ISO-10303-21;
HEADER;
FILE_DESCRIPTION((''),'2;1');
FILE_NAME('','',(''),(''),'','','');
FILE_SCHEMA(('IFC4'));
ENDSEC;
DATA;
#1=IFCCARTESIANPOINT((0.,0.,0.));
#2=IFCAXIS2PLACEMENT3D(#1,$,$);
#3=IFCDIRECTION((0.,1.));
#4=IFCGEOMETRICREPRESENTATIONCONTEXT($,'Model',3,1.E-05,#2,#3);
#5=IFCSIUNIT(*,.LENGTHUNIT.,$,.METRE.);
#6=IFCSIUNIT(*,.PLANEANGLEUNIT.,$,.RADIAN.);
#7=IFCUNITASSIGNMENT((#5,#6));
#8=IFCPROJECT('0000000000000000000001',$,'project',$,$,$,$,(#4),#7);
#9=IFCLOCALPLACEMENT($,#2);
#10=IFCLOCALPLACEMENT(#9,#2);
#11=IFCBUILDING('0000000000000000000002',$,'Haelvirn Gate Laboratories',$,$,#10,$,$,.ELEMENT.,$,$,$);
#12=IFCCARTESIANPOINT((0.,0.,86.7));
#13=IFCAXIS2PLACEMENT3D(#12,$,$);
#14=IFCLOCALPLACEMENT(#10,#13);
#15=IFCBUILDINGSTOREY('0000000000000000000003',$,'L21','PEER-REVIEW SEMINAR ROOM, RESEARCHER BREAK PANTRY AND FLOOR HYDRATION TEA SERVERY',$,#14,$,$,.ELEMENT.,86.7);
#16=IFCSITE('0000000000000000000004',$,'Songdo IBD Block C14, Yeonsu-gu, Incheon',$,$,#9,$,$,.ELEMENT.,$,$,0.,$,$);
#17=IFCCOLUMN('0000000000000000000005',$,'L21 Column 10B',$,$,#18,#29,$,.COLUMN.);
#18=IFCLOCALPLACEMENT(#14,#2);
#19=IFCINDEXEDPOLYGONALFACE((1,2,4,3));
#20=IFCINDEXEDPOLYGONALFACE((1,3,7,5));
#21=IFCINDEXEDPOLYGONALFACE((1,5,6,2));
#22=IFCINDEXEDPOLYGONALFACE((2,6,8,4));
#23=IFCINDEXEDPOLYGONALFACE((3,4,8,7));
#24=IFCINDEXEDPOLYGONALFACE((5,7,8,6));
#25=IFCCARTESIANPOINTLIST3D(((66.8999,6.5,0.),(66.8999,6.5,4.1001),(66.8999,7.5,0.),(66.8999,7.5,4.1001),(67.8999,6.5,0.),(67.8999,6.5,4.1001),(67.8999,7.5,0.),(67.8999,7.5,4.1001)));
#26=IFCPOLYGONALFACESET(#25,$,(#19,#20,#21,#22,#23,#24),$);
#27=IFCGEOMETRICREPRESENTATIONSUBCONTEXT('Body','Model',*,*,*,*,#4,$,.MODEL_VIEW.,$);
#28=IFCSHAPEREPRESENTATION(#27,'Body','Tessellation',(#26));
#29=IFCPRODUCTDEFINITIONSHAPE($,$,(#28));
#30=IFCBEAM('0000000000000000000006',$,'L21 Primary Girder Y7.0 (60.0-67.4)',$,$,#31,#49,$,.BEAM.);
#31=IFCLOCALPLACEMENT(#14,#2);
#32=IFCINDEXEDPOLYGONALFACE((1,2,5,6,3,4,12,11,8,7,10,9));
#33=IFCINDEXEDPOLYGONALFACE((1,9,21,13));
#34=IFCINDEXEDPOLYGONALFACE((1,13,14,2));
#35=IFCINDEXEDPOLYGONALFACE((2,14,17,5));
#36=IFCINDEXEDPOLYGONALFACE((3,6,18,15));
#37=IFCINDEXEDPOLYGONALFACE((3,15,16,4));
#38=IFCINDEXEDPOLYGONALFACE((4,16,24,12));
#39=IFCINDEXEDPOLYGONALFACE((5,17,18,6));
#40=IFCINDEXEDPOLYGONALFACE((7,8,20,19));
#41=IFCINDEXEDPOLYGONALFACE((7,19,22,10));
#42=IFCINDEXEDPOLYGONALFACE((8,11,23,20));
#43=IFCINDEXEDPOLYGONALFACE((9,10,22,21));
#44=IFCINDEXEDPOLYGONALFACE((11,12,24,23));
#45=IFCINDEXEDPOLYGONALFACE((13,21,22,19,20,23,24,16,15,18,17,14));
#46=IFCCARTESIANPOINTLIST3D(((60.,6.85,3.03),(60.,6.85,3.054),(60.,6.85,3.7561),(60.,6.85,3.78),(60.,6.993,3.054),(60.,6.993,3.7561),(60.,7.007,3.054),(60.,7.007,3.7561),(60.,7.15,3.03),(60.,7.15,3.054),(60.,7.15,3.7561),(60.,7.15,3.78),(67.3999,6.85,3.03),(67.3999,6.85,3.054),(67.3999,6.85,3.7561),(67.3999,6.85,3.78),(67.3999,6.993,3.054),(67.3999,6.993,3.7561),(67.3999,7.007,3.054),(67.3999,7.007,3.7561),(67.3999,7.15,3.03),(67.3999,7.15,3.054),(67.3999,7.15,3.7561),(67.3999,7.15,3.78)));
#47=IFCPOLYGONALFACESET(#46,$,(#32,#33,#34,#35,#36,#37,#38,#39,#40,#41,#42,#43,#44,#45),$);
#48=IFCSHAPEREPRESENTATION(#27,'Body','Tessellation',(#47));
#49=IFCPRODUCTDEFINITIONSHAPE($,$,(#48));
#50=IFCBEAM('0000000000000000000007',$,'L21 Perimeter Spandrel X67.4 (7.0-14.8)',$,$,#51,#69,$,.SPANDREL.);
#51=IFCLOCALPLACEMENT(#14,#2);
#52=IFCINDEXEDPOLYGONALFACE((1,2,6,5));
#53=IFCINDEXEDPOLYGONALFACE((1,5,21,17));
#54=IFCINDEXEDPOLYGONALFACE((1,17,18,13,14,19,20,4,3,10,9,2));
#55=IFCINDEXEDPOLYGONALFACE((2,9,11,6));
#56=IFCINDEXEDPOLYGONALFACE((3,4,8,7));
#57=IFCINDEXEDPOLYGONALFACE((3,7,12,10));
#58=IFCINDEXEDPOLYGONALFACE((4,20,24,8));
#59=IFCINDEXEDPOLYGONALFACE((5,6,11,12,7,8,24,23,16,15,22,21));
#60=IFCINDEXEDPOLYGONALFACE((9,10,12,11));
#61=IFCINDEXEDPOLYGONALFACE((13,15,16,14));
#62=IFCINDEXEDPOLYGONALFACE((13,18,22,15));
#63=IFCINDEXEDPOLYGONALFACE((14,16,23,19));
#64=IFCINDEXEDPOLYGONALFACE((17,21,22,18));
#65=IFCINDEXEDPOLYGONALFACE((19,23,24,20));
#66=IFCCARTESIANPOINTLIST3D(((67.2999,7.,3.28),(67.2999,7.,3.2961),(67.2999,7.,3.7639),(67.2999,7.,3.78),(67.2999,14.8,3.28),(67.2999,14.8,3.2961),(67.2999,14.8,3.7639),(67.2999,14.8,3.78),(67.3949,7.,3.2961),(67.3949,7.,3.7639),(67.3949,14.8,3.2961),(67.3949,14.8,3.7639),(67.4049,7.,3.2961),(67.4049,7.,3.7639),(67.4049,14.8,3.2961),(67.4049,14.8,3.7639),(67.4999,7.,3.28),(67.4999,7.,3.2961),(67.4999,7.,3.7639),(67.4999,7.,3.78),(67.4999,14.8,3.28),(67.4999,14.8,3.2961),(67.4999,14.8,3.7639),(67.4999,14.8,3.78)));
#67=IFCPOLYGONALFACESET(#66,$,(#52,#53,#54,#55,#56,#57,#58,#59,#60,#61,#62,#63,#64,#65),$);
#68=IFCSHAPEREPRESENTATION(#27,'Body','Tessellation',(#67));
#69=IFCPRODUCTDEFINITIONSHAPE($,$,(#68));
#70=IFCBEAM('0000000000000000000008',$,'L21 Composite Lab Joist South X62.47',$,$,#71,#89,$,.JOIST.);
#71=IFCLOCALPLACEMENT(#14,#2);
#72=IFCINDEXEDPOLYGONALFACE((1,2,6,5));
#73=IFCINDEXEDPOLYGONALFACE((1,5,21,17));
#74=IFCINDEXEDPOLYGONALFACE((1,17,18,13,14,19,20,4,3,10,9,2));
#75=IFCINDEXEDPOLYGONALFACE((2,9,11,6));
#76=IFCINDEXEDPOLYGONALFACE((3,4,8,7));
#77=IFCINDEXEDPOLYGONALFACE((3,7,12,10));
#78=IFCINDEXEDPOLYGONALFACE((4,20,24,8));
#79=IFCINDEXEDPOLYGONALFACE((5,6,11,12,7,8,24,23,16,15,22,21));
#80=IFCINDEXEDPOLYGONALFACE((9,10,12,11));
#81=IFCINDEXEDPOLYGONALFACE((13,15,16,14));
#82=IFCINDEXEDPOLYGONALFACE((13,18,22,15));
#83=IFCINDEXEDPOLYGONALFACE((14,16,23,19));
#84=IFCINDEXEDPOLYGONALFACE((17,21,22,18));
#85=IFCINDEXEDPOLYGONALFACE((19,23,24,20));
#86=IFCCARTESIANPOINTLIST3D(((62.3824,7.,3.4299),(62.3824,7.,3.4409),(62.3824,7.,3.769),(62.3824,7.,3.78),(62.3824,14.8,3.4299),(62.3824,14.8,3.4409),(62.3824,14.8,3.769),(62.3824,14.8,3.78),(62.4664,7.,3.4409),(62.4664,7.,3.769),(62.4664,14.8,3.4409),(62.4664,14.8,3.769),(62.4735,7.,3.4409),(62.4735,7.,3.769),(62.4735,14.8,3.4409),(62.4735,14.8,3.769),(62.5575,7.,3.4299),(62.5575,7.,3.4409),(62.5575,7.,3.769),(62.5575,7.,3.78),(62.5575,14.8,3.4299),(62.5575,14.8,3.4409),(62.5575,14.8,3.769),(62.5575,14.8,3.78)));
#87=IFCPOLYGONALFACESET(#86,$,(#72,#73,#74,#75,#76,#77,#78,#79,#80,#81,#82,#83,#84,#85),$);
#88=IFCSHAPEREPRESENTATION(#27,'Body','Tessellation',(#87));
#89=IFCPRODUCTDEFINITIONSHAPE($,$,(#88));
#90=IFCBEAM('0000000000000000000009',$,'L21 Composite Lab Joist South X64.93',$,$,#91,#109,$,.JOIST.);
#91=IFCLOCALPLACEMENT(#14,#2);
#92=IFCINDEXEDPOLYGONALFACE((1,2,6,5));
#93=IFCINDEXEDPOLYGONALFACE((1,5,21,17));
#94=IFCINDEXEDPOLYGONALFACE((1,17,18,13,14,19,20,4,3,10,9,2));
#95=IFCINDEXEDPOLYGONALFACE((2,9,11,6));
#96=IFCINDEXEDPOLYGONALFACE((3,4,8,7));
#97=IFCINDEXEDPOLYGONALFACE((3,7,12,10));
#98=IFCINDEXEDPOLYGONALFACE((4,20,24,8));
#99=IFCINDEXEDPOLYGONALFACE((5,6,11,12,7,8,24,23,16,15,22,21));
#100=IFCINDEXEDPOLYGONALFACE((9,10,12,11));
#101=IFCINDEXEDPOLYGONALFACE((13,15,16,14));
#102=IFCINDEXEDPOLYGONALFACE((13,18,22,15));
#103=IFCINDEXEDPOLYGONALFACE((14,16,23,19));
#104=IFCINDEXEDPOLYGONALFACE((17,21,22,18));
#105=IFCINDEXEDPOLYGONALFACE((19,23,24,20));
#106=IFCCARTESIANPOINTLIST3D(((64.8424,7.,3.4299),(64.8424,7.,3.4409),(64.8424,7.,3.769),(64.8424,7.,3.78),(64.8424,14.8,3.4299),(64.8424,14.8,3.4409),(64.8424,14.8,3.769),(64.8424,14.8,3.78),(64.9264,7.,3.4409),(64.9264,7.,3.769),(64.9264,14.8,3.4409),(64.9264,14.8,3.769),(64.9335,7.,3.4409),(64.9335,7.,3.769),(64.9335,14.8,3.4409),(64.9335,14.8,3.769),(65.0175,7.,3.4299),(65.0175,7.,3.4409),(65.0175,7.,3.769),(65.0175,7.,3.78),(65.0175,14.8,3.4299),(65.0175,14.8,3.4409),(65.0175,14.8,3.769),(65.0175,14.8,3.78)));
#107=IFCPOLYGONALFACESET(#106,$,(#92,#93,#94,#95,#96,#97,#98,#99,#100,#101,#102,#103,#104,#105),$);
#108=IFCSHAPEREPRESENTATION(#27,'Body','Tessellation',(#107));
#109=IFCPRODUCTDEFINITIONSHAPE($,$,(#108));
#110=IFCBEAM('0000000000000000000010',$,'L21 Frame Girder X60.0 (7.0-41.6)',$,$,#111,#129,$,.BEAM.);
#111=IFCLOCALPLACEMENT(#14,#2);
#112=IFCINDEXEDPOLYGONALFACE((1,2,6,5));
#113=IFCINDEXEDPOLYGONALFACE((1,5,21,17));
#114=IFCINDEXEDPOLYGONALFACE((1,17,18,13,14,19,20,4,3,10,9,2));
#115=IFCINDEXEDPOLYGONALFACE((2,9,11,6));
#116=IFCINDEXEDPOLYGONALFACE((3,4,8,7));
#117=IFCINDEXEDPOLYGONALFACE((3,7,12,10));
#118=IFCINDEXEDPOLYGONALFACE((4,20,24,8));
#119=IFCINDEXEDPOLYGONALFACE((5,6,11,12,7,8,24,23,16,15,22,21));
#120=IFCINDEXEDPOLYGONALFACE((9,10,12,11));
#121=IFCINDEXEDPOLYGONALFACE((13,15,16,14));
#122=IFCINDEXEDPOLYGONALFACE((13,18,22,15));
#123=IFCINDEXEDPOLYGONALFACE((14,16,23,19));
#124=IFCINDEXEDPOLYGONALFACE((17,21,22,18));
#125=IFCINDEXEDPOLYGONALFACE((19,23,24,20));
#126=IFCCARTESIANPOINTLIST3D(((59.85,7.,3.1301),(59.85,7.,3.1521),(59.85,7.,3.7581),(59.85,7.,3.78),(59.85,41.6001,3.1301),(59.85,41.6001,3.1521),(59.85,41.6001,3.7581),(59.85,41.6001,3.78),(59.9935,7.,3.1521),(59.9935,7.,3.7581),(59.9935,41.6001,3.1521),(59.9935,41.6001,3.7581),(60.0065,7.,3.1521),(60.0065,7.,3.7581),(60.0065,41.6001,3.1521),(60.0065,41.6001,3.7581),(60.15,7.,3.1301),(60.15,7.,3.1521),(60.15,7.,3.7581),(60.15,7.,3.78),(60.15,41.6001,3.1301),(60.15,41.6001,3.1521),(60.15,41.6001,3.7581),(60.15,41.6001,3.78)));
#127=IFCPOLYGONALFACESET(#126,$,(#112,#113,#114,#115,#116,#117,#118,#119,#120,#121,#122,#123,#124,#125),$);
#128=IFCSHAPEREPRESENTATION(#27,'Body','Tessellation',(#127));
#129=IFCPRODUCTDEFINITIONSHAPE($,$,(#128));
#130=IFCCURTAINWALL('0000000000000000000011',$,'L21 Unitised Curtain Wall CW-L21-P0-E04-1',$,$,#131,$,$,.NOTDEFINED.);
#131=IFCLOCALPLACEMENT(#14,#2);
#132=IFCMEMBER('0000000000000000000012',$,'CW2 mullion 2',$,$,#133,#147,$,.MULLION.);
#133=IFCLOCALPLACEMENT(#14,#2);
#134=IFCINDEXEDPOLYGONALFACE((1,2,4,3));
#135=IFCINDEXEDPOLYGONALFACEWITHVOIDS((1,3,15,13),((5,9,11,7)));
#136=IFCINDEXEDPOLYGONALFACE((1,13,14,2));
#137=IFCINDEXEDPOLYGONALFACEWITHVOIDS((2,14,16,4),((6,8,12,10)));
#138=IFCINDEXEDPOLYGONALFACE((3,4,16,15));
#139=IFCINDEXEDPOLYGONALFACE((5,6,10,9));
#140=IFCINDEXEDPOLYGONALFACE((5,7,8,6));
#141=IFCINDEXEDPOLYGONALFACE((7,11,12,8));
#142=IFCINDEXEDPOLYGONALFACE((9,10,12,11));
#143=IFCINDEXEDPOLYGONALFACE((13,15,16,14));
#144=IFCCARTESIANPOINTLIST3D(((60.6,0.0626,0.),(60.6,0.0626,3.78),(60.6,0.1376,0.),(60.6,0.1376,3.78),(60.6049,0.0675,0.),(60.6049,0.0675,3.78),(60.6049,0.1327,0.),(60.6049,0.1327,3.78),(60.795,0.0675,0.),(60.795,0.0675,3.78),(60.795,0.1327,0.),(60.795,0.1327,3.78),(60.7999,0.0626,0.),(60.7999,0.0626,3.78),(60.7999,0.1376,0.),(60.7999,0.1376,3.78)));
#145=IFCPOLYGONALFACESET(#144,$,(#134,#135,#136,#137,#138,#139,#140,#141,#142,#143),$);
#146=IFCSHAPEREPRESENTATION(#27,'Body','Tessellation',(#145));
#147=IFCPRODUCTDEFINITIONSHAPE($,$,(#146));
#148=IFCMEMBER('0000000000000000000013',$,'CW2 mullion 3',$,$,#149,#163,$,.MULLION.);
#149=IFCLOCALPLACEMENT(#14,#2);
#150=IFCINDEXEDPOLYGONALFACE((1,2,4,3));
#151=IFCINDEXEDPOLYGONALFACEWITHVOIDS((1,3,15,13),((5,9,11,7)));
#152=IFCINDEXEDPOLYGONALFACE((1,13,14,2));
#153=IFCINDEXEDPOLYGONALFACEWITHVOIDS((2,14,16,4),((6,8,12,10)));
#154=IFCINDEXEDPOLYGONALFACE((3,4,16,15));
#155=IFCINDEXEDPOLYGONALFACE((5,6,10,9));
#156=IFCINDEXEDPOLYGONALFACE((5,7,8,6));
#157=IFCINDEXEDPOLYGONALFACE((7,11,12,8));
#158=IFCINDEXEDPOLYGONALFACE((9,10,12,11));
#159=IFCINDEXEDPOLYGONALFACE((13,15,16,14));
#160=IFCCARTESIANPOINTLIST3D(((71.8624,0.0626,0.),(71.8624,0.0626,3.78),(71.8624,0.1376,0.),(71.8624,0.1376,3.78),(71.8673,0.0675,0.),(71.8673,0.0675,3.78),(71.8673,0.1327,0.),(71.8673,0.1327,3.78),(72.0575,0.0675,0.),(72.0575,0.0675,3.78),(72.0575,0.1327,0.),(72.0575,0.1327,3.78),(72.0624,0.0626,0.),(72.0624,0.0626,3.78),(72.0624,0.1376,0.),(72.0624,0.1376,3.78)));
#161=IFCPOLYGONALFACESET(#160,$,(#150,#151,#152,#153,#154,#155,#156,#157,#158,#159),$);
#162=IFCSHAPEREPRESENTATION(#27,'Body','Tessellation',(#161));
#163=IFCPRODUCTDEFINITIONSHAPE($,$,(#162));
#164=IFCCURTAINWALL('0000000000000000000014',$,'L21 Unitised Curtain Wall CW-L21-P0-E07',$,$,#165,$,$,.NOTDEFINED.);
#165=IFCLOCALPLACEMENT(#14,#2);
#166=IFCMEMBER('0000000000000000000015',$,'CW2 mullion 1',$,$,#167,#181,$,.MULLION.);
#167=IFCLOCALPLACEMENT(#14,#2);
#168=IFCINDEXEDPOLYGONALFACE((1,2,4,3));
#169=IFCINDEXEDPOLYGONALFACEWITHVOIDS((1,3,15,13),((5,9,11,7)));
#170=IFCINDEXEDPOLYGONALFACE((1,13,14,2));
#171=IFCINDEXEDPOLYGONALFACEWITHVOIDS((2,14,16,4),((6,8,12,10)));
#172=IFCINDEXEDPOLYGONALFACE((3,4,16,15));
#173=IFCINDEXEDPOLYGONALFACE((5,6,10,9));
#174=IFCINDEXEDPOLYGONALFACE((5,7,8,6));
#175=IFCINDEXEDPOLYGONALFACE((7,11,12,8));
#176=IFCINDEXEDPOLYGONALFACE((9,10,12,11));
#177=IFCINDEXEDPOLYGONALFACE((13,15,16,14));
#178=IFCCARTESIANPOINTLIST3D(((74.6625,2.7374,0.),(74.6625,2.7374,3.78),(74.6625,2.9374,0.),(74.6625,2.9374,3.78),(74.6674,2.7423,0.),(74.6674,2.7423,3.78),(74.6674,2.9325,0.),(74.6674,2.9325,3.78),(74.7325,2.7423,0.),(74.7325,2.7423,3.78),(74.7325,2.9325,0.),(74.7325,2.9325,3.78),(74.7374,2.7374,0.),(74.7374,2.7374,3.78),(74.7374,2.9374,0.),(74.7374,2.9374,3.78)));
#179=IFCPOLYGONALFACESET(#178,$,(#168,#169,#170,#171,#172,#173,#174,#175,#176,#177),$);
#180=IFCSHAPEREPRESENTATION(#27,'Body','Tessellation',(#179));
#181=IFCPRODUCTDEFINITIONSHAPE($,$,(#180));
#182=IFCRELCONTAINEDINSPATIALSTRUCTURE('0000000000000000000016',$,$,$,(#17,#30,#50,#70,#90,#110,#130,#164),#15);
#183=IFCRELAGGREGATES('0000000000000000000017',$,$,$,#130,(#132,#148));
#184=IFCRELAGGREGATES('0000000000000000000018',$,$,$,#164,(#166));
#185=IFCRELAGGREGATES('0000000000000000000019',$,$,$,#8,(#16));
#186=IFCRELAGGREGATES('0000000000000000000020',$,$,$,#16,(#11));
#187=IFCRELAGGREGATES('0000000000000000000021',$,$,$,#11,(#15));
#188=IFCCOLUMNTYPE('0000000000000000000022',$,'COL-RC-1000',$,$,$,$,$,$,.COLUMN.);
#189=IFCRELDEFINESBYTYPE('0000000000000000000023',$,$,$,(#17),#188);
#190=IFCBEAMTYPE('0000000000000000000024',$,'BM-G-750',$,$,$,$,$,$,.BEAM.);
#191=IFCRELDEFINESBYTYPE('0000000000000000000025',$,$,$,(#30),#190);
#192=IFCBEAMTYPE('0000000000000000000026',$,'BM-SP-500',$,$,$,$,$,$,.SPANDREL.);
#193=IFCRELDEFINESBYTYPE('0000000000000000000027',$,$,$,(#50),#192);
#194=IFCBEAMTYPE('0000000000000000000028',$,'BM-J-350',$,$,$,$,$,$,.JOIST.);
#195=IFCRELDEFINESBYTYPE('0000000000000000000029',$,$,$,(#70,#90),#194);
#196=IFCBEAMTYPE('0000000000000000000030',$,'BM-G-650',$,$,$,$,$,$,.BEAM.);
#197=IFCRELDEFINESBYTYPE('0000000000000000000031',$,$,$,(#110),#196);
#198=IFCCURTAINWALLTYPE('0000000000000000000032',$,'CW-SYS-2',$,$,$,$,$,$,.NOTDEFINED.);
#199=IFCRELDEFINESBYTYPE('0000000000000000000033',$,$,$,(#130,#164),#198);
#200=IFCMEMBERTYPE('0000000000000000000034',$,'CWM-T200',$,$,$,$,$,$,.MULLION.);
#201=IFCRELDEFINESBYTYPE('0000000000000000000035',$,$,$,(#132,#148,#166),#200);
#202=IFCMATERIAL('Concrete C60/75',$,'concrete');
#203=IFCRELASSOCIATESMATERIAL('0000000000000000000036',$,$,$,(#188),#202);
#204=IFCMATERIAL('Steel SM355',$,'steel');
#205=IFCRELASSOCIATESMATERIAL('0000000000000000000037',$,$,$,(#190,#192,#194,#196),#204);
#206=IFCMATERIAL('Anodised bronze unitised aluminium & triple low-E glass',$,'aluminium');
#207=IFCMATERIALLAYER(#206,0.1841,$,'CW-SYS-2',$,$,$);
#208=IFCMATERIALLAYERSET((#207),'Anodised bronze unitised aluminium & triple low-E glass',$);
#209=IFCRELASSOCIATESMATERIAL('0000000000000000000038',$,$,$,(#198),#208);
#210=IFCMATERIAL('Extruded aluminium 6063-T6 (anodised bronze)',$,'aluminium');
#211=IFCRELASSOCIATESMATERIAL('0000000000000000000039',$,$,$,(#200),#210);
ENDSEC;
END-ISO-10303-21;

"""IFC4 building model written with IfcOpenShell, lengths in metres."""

from ifc_helpers import new_model, si_unit, direction, frame, origin, origin_2d, place, context, subcontext, project, spatial, rectangle, hollow_rectangle, i_section, extrude, source, transform, mapped, material, layer, layer_set, material_profile, profile_set, type_object, type_shapes, element, aggregate, save


model = new_model("IFC4")

# Units and contexts
model_context = context("Model", 3, precision=1e-05, world=origin(), true_north=direction((0.0, 1.0)))
body_context = subcontext(model_context, "Body", "Model", "MODEL_VIEW")
ifc_project = project(units=[si_unit("LENGTHUNIT", "METRE"), si_unit("PLANEANGLEUNIT", "RADIAN")], contexts=[model_context])

# Site, building, storey
site_placement = place(None, origin())
site = spatial("IfcSite", under=ifc_project, at=site_placement, Name="Songdo IBD Block C14, Yeonsu-gu, Incheon", CompositionType="ELEMENT", RefElevation=0.0)
building_placement = place(site_placement, origin())
building = spatial("IfcBuilding", under=site, at=building_placement, Name="Haelvirn Gate Laboratories", CompositionType="ELEMENT")
storey_placement = place(building_placement, frame((0.0, 0.0, 86.7)))
storey = spatial("IfcBuildingStorey", under=building, at=storey_placement, Name="L21", Description="PEER-REVIEW SEMINAR ROOM, RESEARCHER BREAK PANTRY AND FLOOR HYDRATION TEA SERVERY", CompositionType="ELEMENT", Elevation=86.7)

# Column
ifc_material_1 = material(Name="Concrete C60/75", Category="concrete")
ifc_material_profile_1 = material_profile(ifc_material_1, rectangle(XDim=1.0, YDim=1.0, at=origin_2d()), Name="RC-1000x1000")
ifc_profile_set_1 = profile_set([ifc_material_profile_1], Name="Concrete C60/75")
column_type = type_object("IfcColumnType", Name="COL-RC-1000", PredefinedType="COLUMN", material=ifc_profile_set_1)
shared_shape_1 = source(origin(), body_context, "Body", "SweptSolid", [
    extrude(rectangle(XDim=1.0, YDim=1.0, at=origin_2d()), origin(), (0.0, 0.0, 1.0), 4.1001),
])
type_shapes(column_type, [shared_shape_1])
column_placement = place(storey_placement, frame((67.3999, 7.0, 0.0), z_axis=(0.0, 0.0, 1.0), x_axis=(1.0, 0.0, 0.0)))
element("IfcColumn", 1, at=column_placement, inside=storey, type_object=column_type, Name="L21 Column 10B", PredefinedType="COLUMN", context=body_context, shape_type="MappedRepresentation", body=[
    mapped(shared_shape_1, transform((0.0, 0.0, 0.0), scale=1.0)),
])

# Beams
ifc_material_2 = material(Name="Steel SM355", Category="steel")
ifc_material_profile_2 = material_profile(ifc_material_2, i_section(OverallWidth=0.3, OverallDepth=0.75, WebThickness=0.0139, FlangeThickness=0.0239, at=origin_2d()), Name="H-750x300x14x24")
ifc_profile_set_2 = profile_set([ifc_material_profile_2], Name="Steel SM355")
beam_type_1 = type_object("IfcBeamType", Name="BM-G-750", PredefinedType="BEAM", material=ifc_profile_set_2)
shared_shape_2 = source(origin(), body_context, "Body", "SweptSolid", [
    extrude(i_section(OverallWidth=0.3, OverallDepth=0.75, WebThickness=0.0139, FlangeThickness=0.0239, at=origin_2d()), origin(), (0.0, 0.0, 1.0), 7.3999),
])
type_shapes(beam_type_1, [shared_shape_2])
beam_1_placement = place(storey_placement, frame((60.0, 7.0, 3.405), z_axis=(1.0, 0.0, 0.0), x_axis=(0.0, 1.0, 0.0)))
element("IfcBeam", 2, at=beam_1_placement, inside=storey, type_object=beam_type_1, Name="L21 Primary Girder Y7.0 (60.0-67.4)", PredefinedType="BEAM", context=body_context, shape_type="MappedRepresentation", body=[
    mapped(shared_shape_2, transform((0.0, 0.0, 0.0), scale=1.0)),
])
ifc_material_profile_3 = material_profile(ifc_material_2, i_section(OverallWidth=0.2, OverallDepth=0.5, WebThickness=0.01, FlangeThickness=0.0161, at=origin_2d()), Name="H-500x200x10x16")
ifc_profile_set_3 = profile_set([ifc_material_profile_3], Name="Steel SM355")
beam_type_2 = type_object("IfcBeamType", Name="BM-SP-500", PredefinedType="SPANDREL", material=ifc_profile_set_3)
shared_shape_3 = source(origin(), body_context, "Body", "SweptSolid", [
    extrude(i_section(OverallWidth=0.2, OverallDepth=0.5, WebThickness=0.01, FlangeThickness=0.0161, at=origin_2d()), origin(), (0.0, 0.0, 1.0), 7.8),
])
type_shapes(beam_type_2, [shared_shape_3])
beam_2_placement = place(storey_placement, frame((67.3999, 7.0, 3.53), z_axis=(0.0, 1.0, 0.0), x_axis=(-1.0, 0.0, 0.0)))
element("IfcBeam", 3, at=beam_2_placement, inside=storey, type_object=beam_type_2, Name="L21 Perimeter Spandrel X67.4 (7.0-14.8)", PredefinedType="SPANDREL", context=body_context, shape_type="MappedRepresentation", body=[
    mapped(shared_shape_3, transform((0.0, 0.0, 0.0), scale=1.0)),
])
ifc_material_profile_4 = material_profile(ifc_material_2, i_section(OverallWidth=0.175, OverallDepth=0.3501, WebThickness=0.0071, FlangeThickness=0.011, at=origin_2d()), Name="H-350x175x7x11")
ifc_profile_set_4 = profile_set([ifc_material_profile_4], Name="Steel SM355")
beam_type_3 = type_object("IfcBeamType", Name="BM-J-350", PredefinedType="JOIST", material=ifc_profile_set_4)
shared_shape_4 = source(origin(), body_context, "Body", "SweptSolid", [
    extrude(i_section(OverallWidth=0.175, OverallDepth=0.3501, WebThickness=0.0071, FlangeThickness=0.011, at=origin_2d()), origin(), (0.0, 0.0, 1.0), 7.8),
])
type_shapes(beam_type_3, [shared_shape_4])
for number, where, z_axis, x_axis, name in (
    (4, (62.47, 7.0, 3.605), (0.0, 1.0, 0.0), (-1.0, 0.0, 0.0), "L21 Composite Lab Joist South X62.47"),
    (5, (64.9299, 7.0, 3.605), (0.0, 1.0, 0.0), (-1.0, 0.0, 0.0), "L21 Composite Lab Joist South X64.93"),
):
    element("IfcBeam", number, at=place(storey_placement, frame(where, z_axis=z_axis, x_axis=x_axis)), inside=storey, type_object=beam_type_3, Name=name, PredefinedType="JOIST", context=body_context, shape_type="MappedRepresentation", body=[
        mapped(shared_shape_4, transform((0.0, 0.0, 0.0), scale=1.0)),
    ])
ifc_material_profile_5 = material_profile(ifc_material_2, i_section(OverallWidth=0.3, OverallDepth=0.6499, WebThickness=0.0129, FlangeThickness=0.022, at=origin_2d()), Name="H-650x300x13x22")
ifc_profile_set_5 = profile_set([ifc_material_profile_5], Name="Steel SM355")
beam_type_4 = type_object("IfcBeamType", Name="BM-G-650", PredefinedType="BEAM", material=ifc_profile_set_5)
shared_shape_5 = source(origin(), body_context, "Body", "SweptSolid", [
    extrude(i_section(OverallWidth=0.3, OverallDepth=0.6499, WebThickness=0.0129, FlangeThickness=0.022, at=origin_2d()), origin(), (0.0, 0.0, 1.0), 34.6001),
])
type_shapes(beam_type_4, [shared_shape_5])
beam_3_placement = place(storey_placement, frame((60.0, 7.0, 3.4551), z_axis=(0.0, 1.0, 0.0), x_axis=(-1.0, 0.0, 0.0)))
element("IfcBeam", 6, at=beam_3_placement, inside=storey, type_object=beam_type_4, Name="L21 Frame Girder X60.0 (7.0-41.6)", PredefinedType="BEAM", context=body_context, shape_type="MappedRepresentation", body=[
    mapped(shared_shape_5, transform((0.0, 0.0, 0.0), scale=1.0)),
])

# Curtain wall, members
ifc_material_3 = material(Name="Anodised bronze unitised aluminium & triple low-E glass", Category="aluminium")
ifc_layer_1 = layer(ifc_material_3, 0.1841, Name="CW-SYS-2")
ifc_layer_set_1 = layer_set([ifc_layer_1], Name="Anodised bronze unitised aluminium & triple low-E glass")
curtain_wall_type_1 = type_object("IfcCurtainWallType", Name="CW-SYS-2", PredefinedType="NOTDEFINED", material=ifc_layer_set_1)
curtain_wall_1_placement = place(storey_placement, origin())
curtain_wall_1 = element("IfcCurtainWall", 7, at=curtain_wall_1_placement, inside=storey, type_object=curtain_wall_type_1, Name="L21 Unitised Curtain Wall CW-L21-P0-E04-1", PredefinedType="NOTDEFINED")
ifc_material_4 = material(Name="Extruded aluminium 6063-T6 (anodised bronze)", Category="aluminium")
ifc_material_profile_6 = material_profile(ifc_material_4, hollow_rectangle(XDim=0.075, YDim=0.2, WallThickness=0.0049, at=origin_2d()), Name="CWM-200x75x5")
ifc_profile_set_6 = profile_set([ifc_material_profile_6], Name="Extruded aluminium 6063-T6 (anodised bronze)")
member_type_1 = type_object("IfcMemberType", Name="CWM-T200", PredefinedType="MULLION", material=ifc_profile_set_6)
shared_shape_6 = source(origin(), body_context, "Body", "SweptSolid", [
    extrude(hollow_rectangle(XDim=0.075, YDim=0.2, WallThickness=0.0049, at=origin_2d()), origin(), (0.0, 0.0, 1.0), 3.78),
])
type_shapes(member_type_1, [shared_shape_6])
member_1_placement = place(storey_placement, frame((60.7, 0.1001, 0.0), z_axis=(0.0, 0.0, 1.0), x_axis=(0.0, 1.0, 0.0)))
member_1 = element("IfcMember", 8, at=member_1_placement, type_object=member_type_1, Name="CW2 mullion 2", PredefinedType="MULLION", context=body_context, shape_type="MappedRepresentation", body=[
    mapped(shared_shape_6, transform((0.0, 0.0, 0.0), scale=1.0)),
])
member_2_placement = place(storey_placement, frame((71.9624, 0.1001, 0.0), z_axis=(0.0, 0.0, 1.0), x_axis=(0.0, 1.0, 0.0)))
member_2 = element("IfcMember", 9, at=member_2_placement, type_object=member_type_1, Name="CW2 mullion 3", PredefinedType="MULLION", context=body_context, shape_type="MappedRepresentation", body=[
    mapped(shared_shape_6, transform((0.0, 0.0, 0.0), scale=1.0)),
])

# Curtain wall, member
curtain_wall_2_placement = place(storey_placement, origin())
curtain_wall_2 = element("IfcCurtainWall", 10, at=curtain_wall_2_placement, inside=storey, type_object=curtain_wall_type_1, Name="L21 Unitised Curtain Wall CW-L21-P0-E07", PredefinedType="NOTDEFINED")
member_3_placement = place(storey_placement, frame((74.7, 2.8374, 0.0), z_axis=(0.0, 0.0, 1.0), x_axis=(-1.0, 0.0, 0.0)))
member_3 = element("IfcMember", 11, at=member_3_placement, type_object=member_type_1, Name="CW2 mullion 1", PredefinedType="MULLION", context=body_context, shape_type="MappedRepresentation", body=[
    mapped(shared_shape_6, transform((0.0, 0.0, 0.0), scale=1.0)),
])

aggregate(curtain_wall_1, [member_1, member_2])
aggregate(curtain_wall_2, [member_3])

save(model, "model.ifc")
